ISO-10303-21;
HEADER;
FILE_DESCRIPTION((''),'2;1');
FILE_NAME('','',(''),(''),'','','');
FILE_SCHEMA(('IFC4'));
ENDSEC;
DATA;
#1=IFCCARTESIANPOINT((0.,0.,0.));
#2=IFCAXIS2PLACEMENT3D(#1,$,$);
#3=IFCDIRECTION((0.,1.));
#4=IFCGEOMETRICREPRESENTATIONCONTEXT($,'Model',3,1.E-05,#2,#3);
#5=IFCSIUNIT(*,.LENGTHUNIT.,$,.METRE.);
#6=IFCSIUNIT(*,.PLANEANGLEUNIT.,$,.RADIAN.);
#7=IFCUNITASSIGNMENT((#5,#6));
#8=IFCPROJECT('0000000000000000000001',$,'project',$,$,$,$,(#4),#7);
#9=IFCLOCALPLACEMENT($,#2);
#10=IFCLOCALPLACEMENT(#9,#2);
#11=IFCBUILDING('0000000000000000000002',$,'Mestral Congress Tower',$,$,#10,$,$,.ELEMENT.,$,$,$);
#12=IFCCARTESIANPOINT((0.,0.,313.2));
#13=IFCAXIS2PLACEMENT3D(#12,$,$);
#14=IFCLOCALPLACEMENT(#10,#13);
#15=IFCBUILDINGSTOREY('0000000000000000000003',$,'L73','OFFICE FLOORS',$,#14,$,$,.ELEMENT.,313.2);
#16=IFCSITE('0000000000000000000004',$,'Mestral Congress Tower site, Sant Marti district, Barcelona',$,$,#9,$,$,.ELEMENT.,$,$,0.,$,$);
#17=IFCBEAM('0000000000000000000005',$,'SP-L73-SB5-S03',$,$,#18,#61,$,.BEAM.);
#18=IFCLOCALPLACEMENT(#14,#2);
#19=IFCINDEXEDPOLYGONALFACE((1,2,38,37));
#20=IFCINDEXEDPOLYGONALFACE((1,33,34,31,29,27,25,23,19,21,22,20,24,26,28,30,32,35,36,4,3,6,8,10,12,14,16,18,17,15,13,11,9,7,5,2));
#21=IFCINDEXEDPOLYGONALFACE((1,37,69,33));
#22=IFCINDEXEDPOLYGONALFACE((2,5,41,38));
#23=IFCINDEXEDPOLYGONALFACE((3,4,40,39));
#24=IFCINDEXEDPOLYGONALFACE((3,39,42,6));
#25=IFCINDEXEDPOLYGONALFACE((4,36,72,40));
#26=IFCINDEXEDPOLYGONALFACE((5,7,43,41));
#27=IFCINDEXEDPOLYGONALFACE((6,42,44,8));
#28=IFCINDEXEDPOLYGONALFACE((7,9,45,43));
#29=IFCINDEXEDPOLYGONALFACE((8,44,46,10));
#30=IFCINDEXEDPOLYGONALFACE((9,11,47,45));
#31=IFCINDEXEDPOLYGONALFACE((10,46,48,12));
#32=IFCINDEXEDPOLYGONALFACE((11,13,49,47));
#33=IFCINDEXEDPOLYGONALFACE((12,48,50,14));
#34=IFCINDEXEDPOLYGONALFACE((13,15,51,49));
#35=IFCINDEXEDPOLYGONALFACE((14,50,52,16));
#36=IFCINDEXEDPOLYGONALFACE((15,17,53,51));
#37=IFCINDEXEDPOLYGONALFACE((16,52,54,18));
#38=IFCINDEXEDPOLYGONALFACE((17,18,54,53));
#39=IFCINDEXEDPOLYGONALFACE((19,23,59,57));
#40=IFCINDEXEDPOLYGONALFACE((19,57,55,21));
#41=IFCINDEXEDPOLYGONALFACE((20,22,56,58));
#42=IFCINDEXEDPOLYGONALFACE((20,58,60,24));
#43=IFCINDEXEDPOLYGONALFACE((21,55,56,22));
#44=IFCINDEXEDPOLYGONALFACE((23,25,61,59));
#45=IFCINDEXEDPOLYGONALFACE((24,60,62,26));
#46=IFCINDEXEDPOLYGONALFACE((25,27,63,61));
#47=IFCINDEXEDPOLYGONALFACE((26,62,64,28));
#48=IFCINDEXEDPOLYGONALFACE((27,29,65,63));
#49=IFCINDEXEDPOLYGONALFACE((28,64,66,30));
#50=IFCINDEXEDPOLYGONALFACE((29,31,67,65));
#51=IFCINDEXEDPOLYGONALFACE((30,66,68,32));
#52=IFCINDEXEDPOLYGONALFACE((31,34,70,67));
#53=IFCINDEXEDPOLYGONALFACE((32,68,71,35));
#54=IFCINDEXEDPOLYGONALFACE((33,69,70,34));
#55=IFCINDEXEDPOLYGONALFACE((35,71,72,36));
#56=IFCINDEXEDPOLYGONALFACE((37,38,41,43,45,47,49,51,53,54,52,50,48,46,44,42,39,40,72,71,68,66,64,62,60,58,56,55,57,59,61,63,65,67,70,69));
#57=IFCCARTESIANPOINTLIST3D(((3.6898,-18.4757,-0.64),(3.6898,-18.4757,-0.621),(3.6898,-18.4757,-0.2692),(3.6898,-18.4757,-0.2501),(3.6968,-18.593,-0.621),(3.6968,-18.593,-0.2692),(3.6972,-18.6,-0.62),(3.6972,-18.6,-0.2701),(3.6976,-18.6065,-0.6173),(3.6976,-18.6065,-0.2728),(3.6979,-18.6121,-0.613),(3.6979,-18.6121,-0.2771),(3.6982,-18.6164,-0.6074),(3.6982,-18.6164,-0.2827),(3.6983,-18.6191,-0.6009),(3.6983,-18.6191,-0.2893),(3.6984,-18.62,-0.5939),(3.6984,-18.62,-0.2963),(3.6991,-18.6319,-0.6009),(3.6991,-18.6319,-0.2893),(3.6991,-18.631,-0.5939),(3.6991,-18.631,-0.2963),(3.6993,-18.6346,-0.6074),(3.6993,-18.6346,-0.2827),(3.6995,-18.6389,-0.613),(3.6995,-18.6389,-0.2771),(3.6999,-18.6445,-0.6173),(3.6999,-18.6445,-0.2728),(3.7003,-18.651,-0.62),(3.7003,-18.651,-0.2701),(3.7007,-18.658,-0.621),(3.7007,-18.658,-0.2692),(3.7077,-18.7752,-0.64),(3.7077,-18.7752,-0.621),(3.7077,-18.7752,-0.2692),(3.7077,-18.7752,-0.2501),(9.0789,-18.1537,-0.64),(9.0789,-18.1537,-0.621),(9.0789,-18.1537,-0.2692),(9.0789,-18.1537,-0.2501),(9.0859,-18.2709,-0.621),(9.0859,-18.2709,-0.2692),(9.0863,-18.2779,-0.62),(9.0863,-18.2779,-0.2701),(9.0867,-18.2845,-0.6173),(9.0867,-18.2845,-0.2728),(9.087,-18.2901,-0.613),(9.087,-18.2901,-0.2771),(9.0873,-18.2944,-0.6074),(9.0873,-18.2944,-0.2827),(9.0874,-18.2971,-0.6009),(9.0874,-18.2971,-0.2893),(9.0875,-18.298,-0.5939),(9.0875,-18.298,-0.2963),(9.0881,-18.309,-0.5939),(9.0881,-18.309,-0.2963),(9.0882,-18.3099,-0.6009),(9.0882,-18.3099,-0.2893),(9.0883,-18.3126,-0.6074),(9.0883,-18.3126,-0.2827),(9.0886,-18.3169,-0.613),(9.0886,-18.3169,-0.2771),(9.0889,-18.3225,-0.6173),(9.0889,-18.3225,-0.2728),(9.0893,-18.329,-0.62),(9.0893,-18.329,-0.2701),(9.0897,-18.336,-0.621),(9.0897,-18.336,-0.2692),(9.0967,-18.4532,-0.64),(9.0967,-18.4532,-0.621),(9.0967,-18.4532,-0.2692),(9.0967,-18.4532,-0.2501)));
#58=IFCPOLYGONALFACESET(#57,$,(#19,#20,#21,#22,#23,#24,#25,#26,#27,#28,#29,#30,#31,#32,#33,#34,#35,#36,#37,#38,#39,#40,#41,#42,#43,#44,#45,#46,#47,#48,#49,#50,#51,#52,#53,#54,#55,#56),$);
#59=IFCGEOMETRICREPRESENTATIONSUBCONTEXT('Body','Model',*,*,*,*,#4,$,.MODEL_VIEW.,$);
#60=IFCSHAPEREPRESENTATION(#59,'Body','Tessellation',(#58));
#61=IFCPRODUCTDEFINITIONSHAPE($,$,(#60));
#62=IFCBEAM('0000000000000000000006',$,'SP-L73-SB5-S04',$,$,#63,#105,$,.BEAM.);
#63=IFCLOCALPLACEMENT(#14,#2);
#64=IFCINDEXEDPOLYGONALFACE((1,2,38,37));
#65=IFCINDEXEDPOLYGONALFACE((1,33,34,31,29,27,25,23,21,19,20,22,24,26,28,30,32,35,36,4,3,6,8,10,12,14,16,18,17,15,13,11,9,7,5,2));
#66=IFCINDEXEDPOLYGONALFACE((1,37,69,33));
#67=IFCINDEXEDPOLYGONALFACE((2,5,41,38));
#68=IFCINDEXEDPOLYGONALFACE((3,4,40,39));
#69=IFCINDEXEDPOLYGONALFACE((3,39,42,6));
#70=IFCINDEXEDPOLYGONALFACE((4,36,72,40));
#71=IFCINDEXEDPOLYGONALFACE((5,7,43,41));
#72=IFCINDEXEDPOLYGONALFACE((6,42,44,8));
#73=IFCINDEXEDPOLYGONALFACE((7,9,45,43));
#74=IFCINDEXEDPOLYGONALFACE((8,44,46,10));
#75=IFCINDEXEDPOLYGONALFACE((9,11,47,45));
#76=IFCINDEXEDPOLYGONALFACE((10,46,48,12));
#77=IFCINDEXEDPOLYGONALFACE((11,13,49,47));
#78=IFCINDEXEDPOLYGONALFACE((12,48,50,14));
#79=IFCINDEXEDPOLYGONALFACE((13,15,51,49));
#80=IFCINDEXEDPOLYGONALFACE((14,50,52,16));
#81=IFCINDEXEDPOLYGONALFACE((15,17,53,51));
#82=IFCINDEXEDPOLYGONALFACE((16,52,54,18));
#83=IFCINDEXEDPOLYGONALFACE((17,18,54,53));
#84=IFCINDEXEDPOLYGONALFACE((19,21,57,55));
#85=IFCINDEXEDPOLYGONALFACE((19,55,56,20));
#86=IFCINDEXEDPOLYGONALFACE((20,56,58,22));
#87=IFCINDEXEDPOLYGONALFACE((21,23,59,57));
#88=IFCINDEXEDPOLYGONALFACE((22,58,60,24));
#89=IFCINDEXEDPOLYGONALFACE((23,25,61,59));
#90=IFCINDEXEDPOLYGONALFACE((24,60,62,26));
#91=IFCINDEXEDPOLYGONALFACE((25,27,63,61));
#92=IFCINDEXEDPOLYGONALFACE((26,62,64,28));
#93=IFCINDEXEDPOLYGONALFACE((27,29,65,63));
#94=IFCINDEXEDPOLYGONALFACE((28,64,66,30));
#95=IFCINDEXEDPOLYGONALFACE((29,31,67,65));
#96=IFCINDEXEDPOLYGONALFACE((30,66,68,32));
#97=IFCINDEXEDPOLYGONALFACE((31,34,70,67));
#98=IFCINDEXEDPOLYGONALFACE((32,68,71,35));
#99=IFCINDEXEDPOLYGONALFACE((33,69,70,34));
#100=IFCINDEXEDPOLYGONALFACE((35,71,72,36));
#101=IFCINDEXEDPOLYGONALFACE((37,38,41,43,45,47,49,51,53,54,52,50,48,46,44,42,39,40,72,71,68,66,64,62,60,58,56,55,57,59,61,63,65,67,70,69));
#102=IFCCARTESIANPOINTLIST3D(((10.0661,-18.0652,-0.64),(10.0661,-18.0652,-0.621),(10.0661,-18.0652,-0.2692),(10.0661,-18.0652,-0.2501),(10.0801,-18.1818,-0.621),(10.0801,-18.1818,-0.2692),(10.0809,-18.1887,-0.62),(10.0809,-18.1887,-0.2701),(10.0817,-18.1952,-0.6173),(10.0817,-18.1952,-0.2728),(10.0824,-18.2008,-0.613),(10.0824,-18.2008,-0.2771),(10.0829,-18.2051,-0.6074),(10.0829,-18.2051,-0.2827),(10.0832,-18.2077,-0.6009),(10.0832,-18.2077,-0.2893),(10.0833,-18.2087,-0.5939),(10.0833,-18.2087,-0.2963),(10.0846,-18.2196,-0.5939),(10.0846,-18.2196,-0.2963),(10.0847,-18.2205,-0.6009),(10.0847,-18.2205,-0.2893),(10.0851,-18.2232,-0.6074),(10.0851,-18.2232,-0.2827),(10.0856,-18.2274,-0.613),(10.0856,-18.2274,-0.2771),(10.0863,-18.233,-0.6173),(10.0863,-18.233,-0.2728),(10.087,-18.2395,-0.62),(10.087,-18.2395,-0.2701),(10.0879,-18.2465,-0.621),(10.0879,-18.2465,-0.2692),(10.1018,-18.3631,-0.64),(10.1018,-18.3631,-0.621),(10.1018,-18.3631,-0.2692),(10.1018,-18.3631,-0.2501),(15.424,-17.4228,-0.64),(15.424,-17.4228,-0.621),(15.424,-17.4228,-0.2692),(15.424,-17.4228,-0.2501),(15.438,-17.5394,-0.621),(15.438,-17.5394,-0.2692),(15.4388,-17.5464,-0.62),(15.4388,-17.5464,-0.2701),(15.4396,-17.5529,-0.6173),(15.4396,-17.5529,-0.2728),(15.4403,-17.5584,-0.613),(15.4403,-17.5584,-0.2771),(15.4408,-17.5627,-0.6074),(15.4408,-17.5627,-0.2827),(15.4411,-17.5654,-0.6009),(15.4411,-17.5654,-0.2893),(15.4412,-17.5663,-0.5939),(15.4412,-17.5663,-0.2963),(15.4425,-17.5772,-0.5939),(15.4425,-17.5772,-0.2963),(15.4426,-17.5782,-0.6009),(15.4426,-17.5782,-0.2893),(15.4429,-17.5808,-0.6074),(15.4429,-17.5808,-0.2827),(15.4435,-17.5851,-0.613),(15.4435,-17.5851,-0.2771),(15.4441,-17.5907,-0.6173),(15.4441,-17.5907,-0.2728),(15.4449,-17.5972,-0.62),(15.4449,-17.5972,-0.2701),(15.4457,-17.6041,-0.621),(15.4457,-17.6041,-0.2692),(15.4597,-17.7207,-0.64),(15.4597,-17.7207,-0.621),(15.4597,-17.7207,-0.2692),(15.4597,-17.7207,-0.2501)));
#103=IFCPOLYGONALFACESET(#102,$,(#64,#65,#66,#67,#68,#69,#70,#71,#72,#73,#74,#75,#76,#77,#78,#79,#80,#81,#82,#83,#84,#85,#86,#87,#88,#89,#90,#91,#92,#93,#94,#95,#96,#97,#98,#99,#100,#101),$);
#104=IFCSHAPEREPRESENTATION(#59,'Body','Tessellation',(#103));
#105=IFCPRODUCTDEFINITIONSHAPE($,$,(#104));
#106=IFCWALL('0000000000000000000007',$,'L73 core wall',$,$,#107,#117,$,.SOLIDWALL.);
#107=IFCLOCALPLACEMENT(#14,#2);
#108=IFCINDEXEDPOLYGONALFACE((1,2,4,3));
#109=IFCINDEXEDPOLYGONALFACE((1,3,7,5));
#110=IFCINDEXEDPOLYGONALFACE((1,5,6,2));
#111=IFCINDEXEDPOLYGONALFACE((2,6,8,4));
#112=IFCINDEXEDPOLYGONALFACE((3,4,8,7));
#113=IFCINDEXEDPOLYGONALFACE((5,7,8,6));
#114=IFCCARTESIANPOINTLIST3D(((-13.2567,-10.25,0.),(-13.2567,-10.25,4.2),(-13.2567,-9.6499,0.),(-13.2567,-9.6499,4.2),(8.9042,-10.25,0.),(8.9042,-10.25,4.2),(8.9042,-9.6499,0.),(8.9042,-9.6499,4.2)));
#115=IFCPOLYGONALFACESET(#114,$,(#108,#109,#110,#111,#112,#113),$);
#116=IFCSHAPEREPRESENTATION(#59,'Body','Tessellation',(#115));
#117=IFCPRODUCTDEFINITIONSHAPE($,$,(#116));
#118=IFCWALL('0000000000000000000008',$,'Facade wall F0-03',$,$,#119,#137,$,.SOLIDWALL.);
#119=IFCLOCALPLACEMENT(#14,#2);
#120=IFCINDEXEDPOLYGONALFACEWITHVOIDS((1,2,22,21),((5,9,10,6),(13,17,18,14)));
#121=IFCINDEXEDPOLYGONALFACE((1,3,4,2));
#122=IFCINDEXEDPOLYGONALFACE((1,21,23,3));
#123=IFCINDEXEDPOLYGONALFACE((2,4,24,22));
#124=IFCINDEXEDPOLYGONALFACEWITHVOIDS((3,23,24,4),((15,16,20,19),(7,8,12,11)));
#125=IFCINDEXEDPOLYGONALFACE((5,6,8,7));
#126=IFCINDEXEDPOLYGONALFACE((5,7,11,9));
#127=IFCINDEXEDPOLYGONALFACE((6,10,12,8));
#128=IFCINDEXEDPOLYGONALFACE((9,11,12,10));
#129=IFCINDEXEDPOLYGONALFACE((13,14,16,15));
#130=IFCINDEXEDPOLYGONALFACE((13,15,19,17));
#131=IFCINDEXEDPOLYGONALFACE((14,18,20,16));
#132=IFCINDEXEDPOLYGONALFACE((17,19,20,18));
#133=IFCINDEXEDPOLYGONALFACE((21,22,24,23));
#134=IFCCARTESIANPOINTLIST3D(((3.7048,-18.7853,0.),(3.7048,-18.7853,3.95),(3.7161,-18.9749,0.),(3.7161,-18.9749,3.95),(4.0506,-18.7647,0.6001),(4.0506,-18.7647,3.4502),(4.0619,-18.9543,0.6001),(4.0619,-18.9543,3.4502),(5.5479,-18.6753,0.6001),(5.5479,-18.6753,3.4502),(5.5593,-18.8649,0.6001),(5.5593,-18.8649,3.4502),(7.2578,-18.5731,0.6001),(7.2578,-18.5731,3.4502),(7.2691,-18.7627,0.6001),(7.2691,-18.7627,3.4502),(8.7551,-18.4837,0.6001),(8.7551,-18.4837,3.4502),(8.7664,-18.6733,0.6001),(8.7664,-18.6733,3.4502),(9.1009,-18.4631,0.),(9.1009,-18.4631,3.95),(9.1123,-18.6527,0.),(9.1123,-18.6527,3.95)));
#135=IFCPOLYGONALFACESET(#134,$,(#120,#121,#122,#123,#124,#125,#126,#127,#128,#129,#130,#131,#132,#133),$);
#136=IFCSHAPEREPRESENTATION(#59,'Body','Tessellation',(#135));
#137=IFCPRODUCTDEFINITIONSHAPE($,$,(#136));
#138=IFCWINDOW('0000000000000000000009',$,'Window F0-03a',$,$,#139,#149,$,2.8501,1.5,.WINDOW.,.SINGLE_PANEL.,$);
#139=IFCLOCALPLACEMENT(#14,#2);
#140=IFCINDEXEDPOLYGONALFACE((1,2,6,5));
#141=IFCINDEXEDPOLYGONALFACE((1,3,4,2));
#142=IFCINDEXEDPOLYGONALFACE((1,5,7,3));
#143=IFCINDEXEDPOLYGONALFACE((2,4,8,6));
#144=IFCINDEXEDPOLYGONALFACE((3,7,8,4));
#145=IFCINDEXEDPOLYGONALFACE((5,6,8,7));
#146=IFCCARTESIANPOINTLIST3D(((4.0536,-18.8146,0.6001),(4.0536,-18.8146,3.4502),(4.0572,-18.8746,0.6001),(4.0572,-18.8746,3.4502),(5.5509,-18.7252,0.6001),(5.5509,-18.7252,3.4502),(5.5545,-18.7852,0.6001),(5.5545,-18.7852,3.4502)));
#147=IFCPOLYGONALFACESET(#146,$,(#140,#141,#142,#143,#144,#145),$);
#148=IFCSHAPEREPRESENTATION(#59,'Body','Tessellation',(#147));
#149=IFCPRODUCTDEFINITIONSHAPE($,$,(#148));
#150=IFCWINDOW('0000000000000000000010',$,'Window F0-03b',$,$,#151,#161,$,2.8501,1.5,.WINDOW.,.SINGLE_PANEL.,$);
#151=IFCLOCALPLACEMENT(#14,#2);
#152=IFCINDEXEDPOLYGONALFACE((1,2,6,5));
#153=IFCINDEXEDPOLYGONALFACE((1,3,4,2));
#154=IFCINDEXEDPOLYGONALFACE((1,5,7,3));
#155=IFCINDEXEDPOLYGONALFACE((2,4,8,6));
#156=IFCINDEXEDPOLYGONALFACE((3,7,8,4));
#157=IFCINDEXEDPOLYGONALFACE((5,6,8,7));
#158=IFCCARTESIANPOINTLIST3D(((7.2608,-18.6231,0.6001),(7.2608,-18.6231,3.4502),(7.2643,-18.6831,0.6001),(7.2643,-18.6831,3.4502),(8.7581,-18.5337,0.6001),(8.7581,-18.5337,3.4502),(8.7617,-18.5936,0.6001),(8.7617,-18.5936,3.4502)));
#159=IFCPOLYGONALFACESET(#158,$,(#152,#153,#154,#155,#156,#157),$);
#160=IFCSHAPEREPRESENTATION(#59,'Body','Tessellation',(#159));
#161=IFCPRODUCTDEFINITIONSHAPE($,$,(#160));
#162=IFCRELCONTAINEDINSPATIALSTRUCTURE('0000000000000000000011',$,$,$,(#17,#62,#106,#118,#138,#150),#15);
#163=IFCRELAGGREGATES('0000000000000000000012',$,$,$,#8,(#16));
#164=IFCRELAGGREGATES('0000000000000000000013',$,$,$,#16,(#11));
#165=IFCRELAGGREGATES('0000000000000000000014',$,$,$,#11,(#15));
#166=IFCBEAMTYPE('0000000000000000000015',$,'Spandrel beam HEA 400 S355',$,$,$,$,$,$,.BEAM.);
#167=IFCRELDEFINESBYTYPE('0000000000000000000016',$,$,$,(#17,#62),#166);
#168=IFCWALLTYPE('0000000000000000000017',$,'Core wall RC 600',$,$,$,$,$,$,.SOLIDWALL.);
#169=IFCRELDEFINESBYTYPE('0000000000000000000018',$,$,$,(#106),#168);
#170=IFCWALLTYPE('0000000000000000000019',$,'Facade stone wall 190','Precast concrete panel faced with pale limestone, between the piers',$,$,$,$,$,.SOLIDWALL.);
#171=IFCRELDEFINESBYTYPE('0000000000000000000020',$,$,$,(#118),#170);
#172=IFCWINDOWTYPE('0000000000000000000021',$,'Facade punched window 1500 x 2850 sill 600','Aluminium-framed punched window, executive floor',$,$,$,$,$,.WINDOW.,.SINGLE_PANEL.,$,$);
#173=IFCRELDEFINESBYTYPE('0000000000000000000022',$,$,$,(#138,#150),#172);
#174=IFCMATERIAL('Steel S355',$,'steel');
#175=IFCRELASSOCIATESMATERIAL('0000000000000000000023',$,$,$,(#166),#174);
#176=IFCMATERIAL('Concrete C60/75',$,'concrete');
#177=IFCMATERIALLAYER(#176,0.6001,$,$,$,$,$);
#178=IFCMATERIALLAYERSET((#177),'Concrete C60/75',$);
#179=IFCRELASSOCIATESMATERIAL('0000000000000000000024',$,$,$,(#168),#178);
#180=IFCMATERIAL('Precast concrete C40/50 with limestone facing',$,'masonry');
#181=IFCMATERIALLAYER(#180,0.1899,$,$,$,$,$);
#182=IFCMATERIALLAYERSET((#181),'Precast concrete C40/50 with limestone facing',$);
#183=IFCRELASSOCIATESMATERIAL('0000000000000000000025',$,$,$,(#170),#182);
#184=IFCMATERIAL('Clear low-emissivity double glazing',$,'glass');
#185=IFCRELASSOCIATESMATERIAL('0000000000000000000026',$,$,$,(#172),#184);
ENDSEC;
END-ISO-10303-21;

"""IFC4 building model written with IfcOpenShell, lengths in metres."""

from ifc_helpers import new_model, si_unit, direction, frame, frame_2d, origin, origin_2d, place, context, subcontext, project, spatial, rectangle, i_section, extrude, material, layer, layer_set, material_profile, profile_set, type_object, element, fill, save


model = new_model("IFC4")

# Units and contexts
model_context = context("Model", 3, precision=1e-05, world=origin(), true_north=direction((0.0, 1.0)))
body_context = subcontext(model_context, "Body", "Model", "MODEL_VIEW")
ifc_project = project(units=[si_unit("LENGTHUNIT", "METRE"), si_unit("PLANEANGLEUNIT", "RADIAN")], contexts=[model_context])

# Site, building, storey
site_placement = place(None, origin())
site = spatial("IfcSite", under=ifc_project, at=site_placement, Name="Mestral Congress Tower site, Sant Marti district, Barcelona", CompositionType="ELEMENT", RefElevation=0.0)
building_placement = place(site_placement, origin())
building = spatial("IfcBuilding", under=site, at=building_placement, Name="Mestral Congress Tower", CompositionType="ELEMENT")
storey_placement = place(building_placement, frame((0.0, 0.0, 313.2)))
storey = spatial("IfcBuildingStorey", under=building, at=storey_placement, Name="L73", Description="OFFICE FLOORS", CompositionType="ELEMENT", Elevation=313.2)

# Shared definitions
ifc_material_1 = material(Name="Concrete C60/75", Category="concrete")

# Beams
ifc_material_2 = material(Name="Steel S355", Category="steel")
ifc_material_profile_1 = material_profile(ifc_material_2, i_section(OverallWidth=0.3, OverallDepth=0.3899, WebThickness=0.011, FlangeThickness=0.019, FilletRadius=0.0271, at=origin_2d()), Name="HEA 400")
ifc_profile_set_1 = profile_set([ifc_material_profile_1], Name="Steel S355")
beam_type_1 = type_object("IfcBeamType", Name="Spandrel beam HEA 400 S355", PredefinedType="BEAM", material=ifc_profile_set_1)
beam_1_placement = place(storey_placement, frame((3.6987, -18.6255, -0.4451), z_axis=(0.99822, 0.059647, 0.0), x_axis=(-0.059647, 0.99822, 0.0)))
element("IfcBeam", 1, at=beam_1_placement, inside=storey, type_object=beam_type_1, Name="SP-L73-SB5-S03", PredefinedType="BEAM", context=body_context, shape_type="SweptSolid", body=[
    extrude(i_section(OverallWidth=0.3, OverallDepth=0.3899, WebThickness=0.011, FlangeThickness=0.019, FilletRadius=0.0271, at=origin_2d()), origin(), (0.0, 0.0, 1.0), 5.3987),
])
beam_2_placement = place(storey_placement, frame((10.084, -18.2141, -0.4451), z_axis=(0.99289, 0.119033, 0.0), x_axis=(-0.119033, 0.99289, 0.0)))
element("IfcBeam", 2, at=beam_2_placement, inside=storey, type_object=beam_type_1, Name="SP-L73-SB5-S04", PredefinedType="BEAM", context=body_context, shape_type="SweptSolid", body=[
    extrude(i_section(OverallWidth=0.3, OverallDepth=0.3899, WebThickness=0.011, FlangeThickness=0.019, FilletRadius=0.0271, at=origin_2d()), origin(), (0.0, 0.0, 1.0), 5.3962),
])

# Wall
ifc_layer_1 = layer(ifc_material_1, 0.6001)
ifc_layer_set_1 = layer_set([ifc_layer_1], Name="Concrete C60/75")
wall_type_1 = type_object("IfcWallType", Name="Core wall RC 600", PredefinedType="SOLIDWALL", material=ifc_layer_set_1)
wall_1_placement = place(storey_placement, frame((8.9043, -9.95, 0.0), z_axis=(0.0, 0.0, 1.0), x_axis=(-1.0, 0.0, 0.0)))
element("IfcWall", 3, at=wall_1_placement, inside=storey, type_object=wall_type_1, Name="L73 core wall", PredefinedType="SOLIDWALL", context=body_context, shape_type="SweptSolid", body=[
    extrude(rectangle(XDim=22.1609, YDim=0.6001, at=frame_2d((11.0806, 0.0))), origin(), (0.0, 0.0, 1.0), 4.2),
])

# Wall, openings, windows
ifc_material_3 = material(Name="Precast concrete C40/50 with limestone facing", Category="masonry")
ifc_layer_2 = layer(ifc_material_3, 0.1899)
ifc_layer_set_2 = layer_set([ifc_layer_2], Name="Precast concrete C40/50 with limestone facing")
wall_type_2 = type_object("IfcWallType", Name="Facade stone wall 190", Description="Precast concrete panel faced with pale limestone, between the piers", PredefinedType="SOLIDWALL", material=ifc_layer_set_2)
wall_2_placement = place(storey_placement, frame((3.7104, -18.8801, 0.0), z_axis=(0.0, 0.0, 1.0), x_axis=(0.998221, 0.059614, 0.0)))
wall_2 = element("IfcWall", 4, at=wall_2_placement, inside=storey, type_object=wall_type_2, Name="Facade wall F0-03", PredefinedType="SOLIDWALL", context=body_context, shape_type="SweptSolid", body=[
    extrude(rectangle(XDim=5.4058, YDim=0.1899, at=frame_2d((2.7029, 0.0))), origin(), (0.0, 0.0, 1.0), 3.95),
])
opening_1_placement = place(wall_2_placement, frame((0.3464, 0.0, 0.6001)))
opening_1 = element("IfcOpeningElement", 5, at=opening_1_placement, cuts=wall_2, PredefinedType="OPENING", context=body_context, shape_type="SweptSolid", body=[
    extrude(rectangle(XDim=1.5, YDim=2.8501, at=frame_2d((0.75, 1.425))), frame((0.0, 0.105, 0.0), z_axis=(0.0, -1.0, 0.0), x_axis=(1.0, 0.0, 0.0)), (0.0, 0.0, 1.0), 0.21),
])
opening_2_placement = place(wall_2_placement, frame((3.5593, 0.0, 0.6001)))
opening_2 = element("IfcOpeningElement", 6, at=opening_2_placement, cuts=wall_2, PredefinedType="OPENING", context=body_context, shape_type="SweptSolid", body=[
    extrude(rectangle(XDim=1.5, YDim=2.8501, at=frame_2d((0.75, 1.425))), frame((0.0, 0.105, 0.0), z_axis=(0.0, -1.0, 0.0), x_axis=(1.0, 0.0, 0.0)), (0.0, 0.0, 1.0), 0.21),
])
ifc_material_4 = material(Name="Clear low-emissivity double glazing", Category="glass")
window_type = type_object("IfcWindowType", Name="Facade punched window 1500 x 2850 sill 600", Description="Aluminium-framed punched window, executive floor", PartitioningType="SINGLE_PANEL", PredefinedType="WINDOW", material=ifc_material_4)
window_1_placement = place(opening_1_placement, origin())
window_1 = element("IfcWindow", 7, at=window_1_placement, inside=storey, type_object=window_type, Name="Window F0-03a", OverallHeight=2.8501, OverallWidth=1.5, PartitioningType="SINGLE_PANEL", PredefinedType="WINDOW", context=body_context, shape_type="SweptSolid", body=[
    extrude(rectangle(XDim=1.5, YDim=2.8501, at=frame_2d((0.75, 1.425))), frame((0.0, 0.0449, 0.0), z_axis=(0.0, -1.0, 0.0), x_axis=(1.0, 0.0, 0.0)), (0.0, 0.0, 1.0), 0.0601),
])
fill(opening_1, window_1)
window_2_placement = place(opening_2_placement, origin())
window_2 = element("IfcWindow", 8, at=window_2_placement, inside=storey, type_object=window_type, Name="Window F0-03b", OverallHeight=2.8501, OverallWidth=1.5, PartitioningType="SINGLE_PANEL", PredefinedType="WINDOW", context=body_context, shape_type="SweptSolid", body=[
    extrude(rectangle(XDim=1.5, YDim=2.8501, at=frame_2d((0.75, 1.425))), frame((0.0, 0.0449, 0.0), z_axis=(0.0, -1.0, 0.0), x_axis=(1.0, 0.0, 0.0)), (0.0, 0.0, 1.0), 0.0601),
])
fill(opening_2, window_2)

save(model, "model.ifc")
